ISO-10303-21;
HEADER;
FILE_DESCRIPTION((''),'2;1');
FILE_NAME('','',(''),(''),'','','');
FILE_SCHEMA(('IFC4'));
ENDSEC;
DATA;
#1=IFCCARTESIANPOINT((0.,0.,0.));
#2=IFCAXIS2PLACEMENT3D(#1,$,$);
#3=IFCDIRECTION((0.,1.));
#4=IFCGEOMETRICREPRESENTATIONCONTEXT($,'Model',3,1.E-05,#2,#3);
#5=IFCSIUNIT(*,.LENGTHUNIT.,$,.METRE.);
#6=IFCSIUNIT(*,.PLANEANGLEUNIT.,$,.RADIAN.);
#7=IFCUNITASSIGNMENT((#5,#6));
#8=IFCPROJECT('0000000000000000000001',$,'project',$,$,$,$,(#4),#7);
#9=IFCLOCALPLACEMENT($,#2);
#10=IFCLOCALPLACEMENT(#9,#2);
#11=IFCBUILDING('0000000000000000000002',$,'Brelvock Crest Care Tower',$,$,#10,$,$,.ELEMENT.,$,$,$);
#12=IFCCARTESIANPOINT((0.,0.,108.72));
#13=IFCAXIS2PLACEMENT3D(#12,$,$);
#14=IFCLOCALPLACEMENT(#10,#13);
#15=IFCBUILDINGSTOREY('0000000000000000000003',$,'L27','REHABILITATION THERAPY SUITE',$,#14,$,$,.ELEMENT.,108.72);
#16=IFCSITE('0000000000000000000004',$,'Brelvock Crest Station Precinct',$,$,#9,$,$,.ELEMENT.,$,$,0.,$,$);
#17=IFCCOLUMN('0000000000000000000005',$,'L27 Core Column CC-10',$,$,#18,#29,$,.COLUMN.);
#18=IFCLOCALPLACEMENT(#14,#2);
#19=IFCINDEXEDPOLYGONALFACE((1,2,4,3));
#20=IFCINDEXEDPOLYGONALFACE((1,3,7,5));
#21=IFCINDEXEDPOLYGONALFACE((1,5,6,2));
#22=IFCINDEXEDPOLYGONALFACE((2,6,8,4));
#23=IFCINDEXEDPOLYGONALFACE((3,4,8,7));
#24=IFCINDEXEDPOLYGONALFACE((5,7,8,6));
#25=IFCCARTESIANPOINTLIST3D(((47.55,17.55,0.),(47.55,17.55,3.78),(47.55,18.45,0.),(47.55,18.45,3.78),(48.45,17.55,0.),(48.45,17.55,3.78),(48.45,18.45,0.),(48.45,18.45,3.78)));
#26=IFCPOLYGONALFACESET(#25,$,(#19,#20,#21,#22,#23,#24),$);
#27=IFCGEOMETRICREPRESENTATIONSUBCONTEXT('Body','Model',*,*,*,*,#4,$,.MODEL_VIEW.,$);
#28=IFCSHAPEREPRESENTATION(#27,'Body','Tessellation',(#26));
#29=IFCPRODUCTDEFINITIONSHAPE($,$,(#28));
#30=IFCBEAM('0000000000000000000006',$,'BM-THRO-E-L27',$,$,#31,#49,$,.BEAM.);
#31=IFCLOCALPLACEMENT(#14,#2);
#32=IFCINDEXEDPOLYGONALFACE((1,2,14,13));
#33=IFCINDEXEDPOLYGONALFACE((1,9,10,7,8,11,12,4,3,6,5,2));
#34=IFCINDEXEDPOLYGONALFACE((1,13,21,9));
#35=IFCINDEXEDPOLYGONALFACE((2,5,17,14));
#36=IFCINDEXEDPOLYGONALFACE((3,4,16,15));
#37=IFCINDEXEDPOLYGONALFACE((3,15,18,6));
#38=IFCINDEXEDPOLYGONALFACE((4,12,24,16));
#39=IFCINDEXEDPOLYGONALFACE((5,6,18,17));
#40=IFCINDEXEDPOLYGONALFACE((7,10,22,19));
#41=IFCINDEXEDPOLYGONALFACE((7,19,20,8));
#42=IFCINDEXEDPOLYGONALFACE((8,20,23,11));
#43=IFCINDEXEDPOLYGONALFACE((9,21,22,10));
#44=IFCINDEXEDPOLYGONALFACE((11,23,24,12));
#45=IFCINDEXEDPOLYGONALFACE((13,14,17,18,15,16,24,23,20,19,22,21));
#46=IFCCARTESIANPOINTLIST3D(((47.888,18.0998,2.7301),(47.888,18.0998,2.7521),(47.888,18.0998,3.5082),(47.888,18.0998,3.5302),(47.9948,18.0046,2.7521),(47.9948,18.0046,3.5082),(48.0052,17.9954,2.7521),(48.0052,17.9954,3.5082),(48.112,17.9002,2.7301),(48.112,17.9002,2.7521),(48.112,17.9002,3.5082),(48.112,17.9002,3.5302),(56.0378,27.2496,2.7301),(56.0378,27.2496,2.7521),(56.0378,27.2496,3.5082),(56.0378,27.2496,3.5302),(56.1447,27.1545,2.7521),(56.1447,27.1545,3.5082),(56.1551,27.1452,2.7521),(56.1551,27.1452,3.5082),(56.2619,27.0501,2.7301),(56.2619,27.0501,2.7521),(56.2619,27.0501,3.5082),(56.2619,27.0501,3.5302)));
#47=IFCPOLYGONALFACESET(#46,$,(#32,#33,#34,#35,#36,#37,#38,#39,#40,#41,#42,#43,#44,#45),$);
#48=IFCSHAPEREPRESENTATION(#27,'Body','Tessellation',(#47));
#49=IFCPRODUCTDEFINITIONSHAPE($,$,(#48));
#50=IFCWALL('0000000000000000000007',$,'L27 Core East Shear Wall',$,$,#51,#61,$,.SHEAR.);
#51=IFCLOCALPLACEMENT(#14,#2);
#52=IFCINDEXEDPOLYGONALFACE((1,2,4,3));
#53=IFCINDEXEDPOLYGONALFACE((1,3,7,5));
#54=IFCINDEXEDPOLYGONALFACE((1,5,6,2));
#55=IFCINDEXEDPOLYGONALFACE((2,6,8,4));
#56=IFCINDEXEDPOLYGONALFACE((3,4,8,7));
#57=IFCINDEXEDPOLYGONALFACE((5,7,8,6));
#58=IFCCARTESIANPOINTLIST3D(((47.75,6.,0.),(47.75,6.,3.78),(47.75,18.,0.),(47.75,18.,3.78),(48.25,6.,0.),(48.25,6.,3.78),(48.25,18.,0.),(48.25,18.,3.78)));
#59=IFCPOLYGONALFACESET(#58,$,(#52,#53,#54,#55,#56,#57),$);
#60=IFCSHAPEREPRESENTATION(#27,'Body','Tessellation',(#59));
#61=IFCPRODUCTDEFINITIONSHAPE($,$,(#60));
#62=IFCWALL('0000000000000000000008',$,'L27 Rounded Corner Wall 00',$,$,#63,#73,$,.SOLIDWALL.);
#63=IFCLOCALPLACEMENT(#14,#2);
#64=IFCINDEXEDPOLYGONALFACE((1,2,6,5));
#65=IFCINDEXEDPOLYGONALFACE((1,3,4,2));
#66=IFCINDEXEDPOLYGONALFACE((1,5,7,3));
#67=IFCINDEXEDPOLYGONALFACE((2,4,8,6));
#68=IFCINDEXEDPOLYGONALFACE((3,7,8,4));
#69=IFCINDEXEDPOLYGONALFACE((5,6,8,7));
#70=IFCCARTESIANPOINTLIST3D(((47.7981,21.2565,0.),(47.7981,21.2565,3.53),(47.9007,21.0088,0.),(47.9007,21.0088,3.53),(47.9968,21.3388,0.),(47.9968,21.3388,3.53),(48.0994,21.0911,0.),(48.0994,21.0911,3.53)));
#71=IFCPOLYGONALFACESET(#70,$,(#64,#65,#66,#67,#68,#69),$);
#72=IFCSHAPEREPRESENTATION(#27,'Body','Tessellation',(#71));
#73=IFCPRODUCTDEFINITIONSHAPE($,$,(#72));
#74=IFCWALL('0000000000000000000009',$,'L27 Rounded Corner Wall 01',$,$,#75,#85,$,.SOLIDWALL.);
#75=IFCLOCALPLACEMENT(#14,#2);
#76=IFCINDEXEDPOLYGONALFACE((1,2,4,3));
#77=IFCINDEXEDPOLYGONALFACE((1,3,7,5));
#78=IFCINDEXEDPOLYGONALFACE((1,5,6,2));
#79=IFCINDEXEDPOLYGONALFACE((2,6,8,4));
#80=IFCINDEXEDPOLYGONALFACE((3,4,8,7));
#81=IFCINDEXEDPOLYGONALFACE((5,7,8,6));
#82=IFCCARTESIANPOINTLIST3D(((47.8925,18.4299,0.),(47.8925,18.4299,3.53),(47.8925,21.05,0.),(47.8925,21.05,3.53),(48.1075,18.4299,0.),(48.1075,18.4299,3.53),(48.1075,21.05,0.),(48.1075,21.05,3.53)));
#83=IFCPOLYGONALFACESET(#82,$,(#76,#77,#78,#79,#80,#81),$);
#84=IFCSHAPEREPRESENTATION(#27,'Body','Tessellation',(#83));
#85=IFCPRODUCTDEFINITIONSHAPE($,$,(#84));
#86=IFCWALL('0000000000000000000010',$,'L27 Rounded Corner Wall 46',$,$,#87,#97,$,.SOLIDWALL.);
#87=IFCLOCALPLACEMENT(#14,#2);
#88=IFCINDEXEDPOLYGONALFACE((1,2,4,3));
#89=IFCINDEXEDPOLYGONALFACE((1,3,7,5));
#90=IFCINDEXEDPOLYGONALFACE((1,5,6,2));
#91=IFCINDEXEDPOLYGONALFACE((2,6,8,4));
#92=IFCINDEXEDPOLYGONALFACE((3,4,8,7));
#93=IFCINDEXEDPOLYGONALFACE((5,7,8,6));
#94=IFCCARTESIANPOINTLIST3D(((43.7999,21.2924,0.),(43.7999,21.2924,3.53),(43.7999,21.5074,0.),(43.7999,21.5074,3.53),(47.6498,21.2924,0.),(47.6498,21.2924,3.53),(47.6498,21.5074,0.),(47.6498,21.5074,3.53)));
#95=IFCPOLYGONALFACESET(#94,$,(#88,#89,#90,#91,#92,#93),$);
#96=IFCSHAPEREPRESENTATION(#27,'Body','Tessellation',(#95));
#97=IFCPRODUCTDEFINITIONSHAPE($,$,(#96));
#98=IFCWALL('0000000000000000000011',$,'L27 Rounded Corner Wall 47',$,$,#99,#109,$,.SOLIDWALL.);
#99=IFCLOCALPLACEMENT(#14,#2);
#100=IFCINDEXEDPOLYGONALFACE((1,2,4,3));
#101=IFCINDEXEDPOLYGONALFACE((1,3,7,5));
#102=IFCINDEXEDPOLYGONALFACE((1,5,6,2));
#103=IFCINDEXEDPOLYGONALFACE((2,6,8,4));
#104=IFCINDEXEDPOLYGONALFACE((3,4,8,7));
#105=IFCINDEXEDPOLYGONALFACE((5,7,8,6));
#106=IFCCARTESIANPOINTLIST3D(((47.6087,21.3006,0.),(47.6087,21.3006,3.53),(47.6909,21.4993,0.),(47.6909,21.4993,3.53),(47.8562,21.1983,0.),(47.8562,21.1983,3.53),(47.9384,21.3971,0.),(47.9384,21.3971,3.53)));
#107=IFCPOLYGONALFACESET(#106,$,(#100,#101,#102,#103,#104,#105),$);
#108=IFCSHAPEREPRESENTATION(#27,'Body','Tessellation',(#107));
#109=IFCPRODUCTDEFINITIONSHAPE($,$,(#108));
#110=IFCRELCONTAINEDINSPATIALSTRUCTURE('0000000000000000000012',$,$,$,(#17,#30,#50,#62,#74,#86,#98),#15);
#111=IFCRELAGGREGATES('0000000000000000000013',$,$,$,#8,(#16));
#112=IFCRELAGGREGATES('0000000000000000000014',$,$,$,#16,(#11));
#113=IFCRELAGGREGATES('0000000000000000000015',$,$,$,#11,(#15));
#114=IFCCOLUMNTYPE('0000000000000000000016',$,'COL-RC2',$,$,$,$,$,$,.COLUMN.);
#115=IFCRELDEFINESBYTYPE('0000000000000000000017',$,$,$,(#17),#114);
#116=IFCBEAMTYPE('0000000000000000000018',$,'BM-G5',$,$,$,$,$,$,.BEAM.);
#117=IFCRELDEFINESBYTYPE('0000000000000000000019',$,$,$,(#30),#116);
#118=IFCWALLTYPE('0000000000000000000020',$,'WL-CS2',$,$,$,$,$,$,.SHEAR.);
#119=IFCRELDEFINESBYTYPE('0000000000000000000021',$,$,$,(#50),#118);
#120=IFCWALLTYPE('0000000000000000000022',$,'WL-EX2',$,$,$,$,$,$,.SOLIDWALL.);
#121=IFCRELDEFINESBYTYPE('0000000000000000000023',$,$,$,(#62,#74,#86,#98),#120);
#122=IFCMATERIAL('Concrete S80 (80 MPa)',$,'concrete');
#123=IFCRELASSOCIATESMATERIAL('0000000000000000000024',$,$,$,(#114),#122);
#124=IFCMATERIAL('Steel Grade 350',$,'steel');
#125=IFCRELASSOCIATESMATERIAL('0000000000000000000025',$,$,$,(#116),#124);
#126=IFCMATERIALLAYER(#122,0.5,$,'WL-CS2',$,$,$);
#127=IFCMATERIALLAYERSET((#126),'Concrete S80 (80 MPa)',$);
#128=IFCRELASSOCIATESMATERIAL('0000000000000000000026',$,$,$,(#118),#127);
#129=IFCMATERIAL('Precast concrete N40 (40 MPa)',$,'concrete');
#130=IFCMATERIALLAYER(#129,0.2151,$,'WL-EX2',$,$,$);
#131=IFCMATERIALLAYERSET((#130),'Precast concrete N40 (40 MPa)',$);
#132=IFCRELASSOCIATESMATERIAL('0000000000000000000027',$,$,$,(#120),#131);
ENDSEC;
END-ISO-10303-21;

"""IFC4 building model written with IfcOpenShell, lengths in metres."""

from ifc_helpers import new_model, si_unit, direction, frame, frame_2d, origin, origin_2d, place, context, subcontext, project, spatial, rectangle, i_section, extrude, source, transform, mapped, material, layer, layer_set, material_profile, profile_set, type_object, element, save


model = new_model("IFC4")

# Units and contexts
model_context = context("Model", 3, precision=1e-05, world=origin(), true_north=direction((0.0, 1.0)))
body_context = subcontext(model_context, "Body", "Model", "MODEL_VIEW")
ifc_project = project(units=[si_unit("LENGTHUNIT", "METRE"), si_unit("PLANEANGLEUNIT", "RADIAN")], contexts=[model_context])

# Site, building, storey
site_placement = place(None, origin())
site = spatial("IfcSite", under=ifc_project, at=site_placement, Name="Brelvock Crest Station Precinct", CompositionType="ELEMENT", RefElevation=0.0)
building_placement = place(site_placement, origin())
building = spatial("IfcBuilding", under=site, at=building_placement, Name="Brelvock Crest Care Tower", CompositionType="ELEMENT")
storey_placement = place(building_placement, frame((0.0, 0.0, 108.72)))
storey = spatial("IfcBuildingStorey", under=building, at=storey_placement, Name="L27", Description="REHABILITATION THERAPY SUITE", CompositionType="ELEMENT", Elevation=108.72)

# Column
ifc_material_1 = material(Name="Concrete S80 (80 MPa)", Category="concrete")
ifc_material_profile_1 = material_profile(ifc_material_1, rectangle(XDim=0.8999, YDim=0.8999, at=origin_2d()), Name="RC900x900")
ifc_profile_set_1 = profile_set([ifc_material_profile_1], Name="Concrete S80 (80 MPa)")
column_type = type_object("IfcColumnType", Name="COL-RC2", PredefinedType="COLUMN", material=ifc_profile_set_1)
shared_shape_1 = source(origin(), body_context, "Body", "SweptSolid", [
    extrude(rectangle(XDim=0.8999, YDim=0.8999, at=origin_2d()), origin(), (0.0, 0.0, 1.0), 3.78),
])
column_placement = place(storey_placement, frame((48.0, 18.0, 0.0), z_axis=(0.0, 0.0, 1.0), x_axis=(1.0, 0.0, 0.0)))
element("IfcColumn", 1, at=column_placement, inside=storey, type_object=column_type, Name="L27 Core Column CC-10", PredefinedType="COLUMN", context=body_context, shape_type="MappedRepresentation", body=[
    mapped(shared_shape_1, transform((0.0, 0.0, 0.0), x_axis=(1.0, 0.0, 0.0), y_axis=(0.0, 1.0, 0.0), z_axis=(0.0, 0.0, 1.0), scale=1.0)),
])

# Beam
ifc_material_2 = material(Name="Steel Grade 350", Category="steel")
ifc_material_profile_2 = material_profile(ifc_material_2, i_section(OverallWidth=0.3, OverallDepth=0.8, WebThickness=0.0139, FlangeThickness=0.022, at=origin_2d()), Name="800WB192")
ifc_profile_set_2 = profile_set([ifc_material_profile_2], Name="Steel Grade 350")
beam_type = type_object("IfcBeamType", Name="BM-G5", PredefinedType="BEAM", material=ifc_profile_set_2)
shared_shape_2 = source(origin(), body_context, "Body", "SweptSolid", [
    extrude(i_section(OverallWidth=0.3, OverallDepth=0.8, WebThickness=0.0139, FlangeThickness=0.022, at=origin_2d()), origin(), (0.0, 0.0, 1.0), 12.2532),
])
beam_placement = place(storey_placement, frame((48.0, 18.0, 3.1301), z_axis=(0.665123, 0.746734, 0.0), x_axis=(-0.746734, 0.665123, 0.0)))
element("IfcBeam", 2, at=beam_placement, inside=storey, type_object=beam_type, Name="BM-THRO-E-L27", PredefinedType="BEAM", context=body_context, shape_type="MappedRepresentation", body=[
    mapped(shared_shape_2, transform((0.0, 0.0, 0.0), x_axis=(1.0, 0.0, 0.0), y_axis=(0.0, 1.0, 0.0), z_axis=(0.0, 0.0, 1.0), scale=1.0)),
])

# Walls
ifc_layer_1 = layer(ifc_material_1, 0.5, Name="WL-CS2")
ifc_layer_set_1 = layer_set([ifc_layer_1], Name="Concrete S80 (80 MPa)")
wall_type_1 = type_object("IfcWallType", Name="WL-CS2", PredefinedType="SHEAR", material=ifc_layer_set_1)
wall_1_placement = place(storey_placement, frame((48.0, 18.0, 0.0), z_axis=(0.0, 0.0, 1.0), x_axis=(0.0, -1.0, 0.0)))
element("IfcWall", 3, at=wall_1_placement, inside=storey, type_object=wall_type_1, Name="L27 Core East Shear Wall", PredefinedType="SHEAR", context=body_context, shape_type="SweptSolid", body=[
    extrude(rectangle(XDim=12.0, YDim=0.5, at=frame_2d((6.0, 0.0))), origin(), (0.0, 0.0, 1.0), 3.78),
])
ifc_material_3 = material(Name="Precast concrete N40 (40 MPa)", Category="concrete")
ifc_layer_2 = layer(ifc_material_3, 0.2151, Name="WL-EX2")
ifc_layer_set_2 = layer_set([ifc_layer_2], Name="Precast concrete N40 (40 MPa)")
wall_type_2 = type_object("IfcWallType", Name="WL-EX2", PredefinedType="SOLIDWALL", material=ifc_layer_set_2)
wall_2_placement = place(storey_placement, frame((47.8975, 21.2976, 0.0), z_axis=(0.0, 0.0, 1.0), x_axis=(0.382674, -0.923884, 0.0)))
element("IfcWall", 4, at=wall_2_placement, inside=storey, type_object=wall_type_2, Name="L27 Rounded Corner Wall 00", PredefinedType="SOLIDWALL", context=body_context, shape_type="SweptSolid", body=[
    extrude(rectangle(XDim=0.2681, YDim=0.2151, at=frame_2d((0.134, 0.0))), origin(), (0.0, 0.0, 1.0), 3.53),
])
wall_3_placement = place(storey_placement, frame((48.0, 21.05, 0.0), z_axis=(0.0, 0.0, 1.0), x_axis=(0.0, -1.0, 0.0)))
element("IfcWall", 5, at=wall_3_placement, inside=storey, type_object=wall_type_2, Name="L27 Rounded Corner Wall 01", PredefinedType="SOLIDWALL", context=body_context, shape_type="SweptSolid", body=[
    extrude(rectangle(XDim=2.6201, YDim=0.2151, at=frame_2d((1.3101, 0.0))), origin(), (0.0, 0.0, 1.0), 3.53),
])
wall_4_placement = place(storey_placement, frame((43.8, 21.3999, 0.0), z_axis=(0.0, 0.0, 1.0), x_axis=(1.0, 0.0, 0.0)))
element("IfcWall", 6, at=wall_4_placement, inside=storey, type_object=wall_type_2, Name="L27 Rounded Corner Wall 46", PredefinedType="SOLIDWALL", context=body_context, shape_type="SweptSolid", body=[
    extrude(rectangle(XDim=3.8499, YDim=0.2151, at=frame_2d((1.9248, 0.0))), origin(), (0.0, 0.0, 1.0), 3.53),
])
wall_5_placement = place(storey_placement, frame((47.6499, 21.3999, 0.0), z_axis=(0.0, 0.0, 1.0), x_axis=(0.924205, -0.381896, 0.0)))
element("IfcWall", 7, at=wall_5_placement, inside=storey, type_object=wall_type_2, Name="L27 Rounded Corner Wall 47", PredefinedType="SOLIDWALL", context=body_context, shape_type="SweptSolid", body=[
    extrude(rectangle(XDim=0.2678, YDim=0.2151, at=frame_2d((0.1338, 0.0))), origin(), (0.0, 0.0, 1.0), 3.53),
])

save(model, "model.ifc")
